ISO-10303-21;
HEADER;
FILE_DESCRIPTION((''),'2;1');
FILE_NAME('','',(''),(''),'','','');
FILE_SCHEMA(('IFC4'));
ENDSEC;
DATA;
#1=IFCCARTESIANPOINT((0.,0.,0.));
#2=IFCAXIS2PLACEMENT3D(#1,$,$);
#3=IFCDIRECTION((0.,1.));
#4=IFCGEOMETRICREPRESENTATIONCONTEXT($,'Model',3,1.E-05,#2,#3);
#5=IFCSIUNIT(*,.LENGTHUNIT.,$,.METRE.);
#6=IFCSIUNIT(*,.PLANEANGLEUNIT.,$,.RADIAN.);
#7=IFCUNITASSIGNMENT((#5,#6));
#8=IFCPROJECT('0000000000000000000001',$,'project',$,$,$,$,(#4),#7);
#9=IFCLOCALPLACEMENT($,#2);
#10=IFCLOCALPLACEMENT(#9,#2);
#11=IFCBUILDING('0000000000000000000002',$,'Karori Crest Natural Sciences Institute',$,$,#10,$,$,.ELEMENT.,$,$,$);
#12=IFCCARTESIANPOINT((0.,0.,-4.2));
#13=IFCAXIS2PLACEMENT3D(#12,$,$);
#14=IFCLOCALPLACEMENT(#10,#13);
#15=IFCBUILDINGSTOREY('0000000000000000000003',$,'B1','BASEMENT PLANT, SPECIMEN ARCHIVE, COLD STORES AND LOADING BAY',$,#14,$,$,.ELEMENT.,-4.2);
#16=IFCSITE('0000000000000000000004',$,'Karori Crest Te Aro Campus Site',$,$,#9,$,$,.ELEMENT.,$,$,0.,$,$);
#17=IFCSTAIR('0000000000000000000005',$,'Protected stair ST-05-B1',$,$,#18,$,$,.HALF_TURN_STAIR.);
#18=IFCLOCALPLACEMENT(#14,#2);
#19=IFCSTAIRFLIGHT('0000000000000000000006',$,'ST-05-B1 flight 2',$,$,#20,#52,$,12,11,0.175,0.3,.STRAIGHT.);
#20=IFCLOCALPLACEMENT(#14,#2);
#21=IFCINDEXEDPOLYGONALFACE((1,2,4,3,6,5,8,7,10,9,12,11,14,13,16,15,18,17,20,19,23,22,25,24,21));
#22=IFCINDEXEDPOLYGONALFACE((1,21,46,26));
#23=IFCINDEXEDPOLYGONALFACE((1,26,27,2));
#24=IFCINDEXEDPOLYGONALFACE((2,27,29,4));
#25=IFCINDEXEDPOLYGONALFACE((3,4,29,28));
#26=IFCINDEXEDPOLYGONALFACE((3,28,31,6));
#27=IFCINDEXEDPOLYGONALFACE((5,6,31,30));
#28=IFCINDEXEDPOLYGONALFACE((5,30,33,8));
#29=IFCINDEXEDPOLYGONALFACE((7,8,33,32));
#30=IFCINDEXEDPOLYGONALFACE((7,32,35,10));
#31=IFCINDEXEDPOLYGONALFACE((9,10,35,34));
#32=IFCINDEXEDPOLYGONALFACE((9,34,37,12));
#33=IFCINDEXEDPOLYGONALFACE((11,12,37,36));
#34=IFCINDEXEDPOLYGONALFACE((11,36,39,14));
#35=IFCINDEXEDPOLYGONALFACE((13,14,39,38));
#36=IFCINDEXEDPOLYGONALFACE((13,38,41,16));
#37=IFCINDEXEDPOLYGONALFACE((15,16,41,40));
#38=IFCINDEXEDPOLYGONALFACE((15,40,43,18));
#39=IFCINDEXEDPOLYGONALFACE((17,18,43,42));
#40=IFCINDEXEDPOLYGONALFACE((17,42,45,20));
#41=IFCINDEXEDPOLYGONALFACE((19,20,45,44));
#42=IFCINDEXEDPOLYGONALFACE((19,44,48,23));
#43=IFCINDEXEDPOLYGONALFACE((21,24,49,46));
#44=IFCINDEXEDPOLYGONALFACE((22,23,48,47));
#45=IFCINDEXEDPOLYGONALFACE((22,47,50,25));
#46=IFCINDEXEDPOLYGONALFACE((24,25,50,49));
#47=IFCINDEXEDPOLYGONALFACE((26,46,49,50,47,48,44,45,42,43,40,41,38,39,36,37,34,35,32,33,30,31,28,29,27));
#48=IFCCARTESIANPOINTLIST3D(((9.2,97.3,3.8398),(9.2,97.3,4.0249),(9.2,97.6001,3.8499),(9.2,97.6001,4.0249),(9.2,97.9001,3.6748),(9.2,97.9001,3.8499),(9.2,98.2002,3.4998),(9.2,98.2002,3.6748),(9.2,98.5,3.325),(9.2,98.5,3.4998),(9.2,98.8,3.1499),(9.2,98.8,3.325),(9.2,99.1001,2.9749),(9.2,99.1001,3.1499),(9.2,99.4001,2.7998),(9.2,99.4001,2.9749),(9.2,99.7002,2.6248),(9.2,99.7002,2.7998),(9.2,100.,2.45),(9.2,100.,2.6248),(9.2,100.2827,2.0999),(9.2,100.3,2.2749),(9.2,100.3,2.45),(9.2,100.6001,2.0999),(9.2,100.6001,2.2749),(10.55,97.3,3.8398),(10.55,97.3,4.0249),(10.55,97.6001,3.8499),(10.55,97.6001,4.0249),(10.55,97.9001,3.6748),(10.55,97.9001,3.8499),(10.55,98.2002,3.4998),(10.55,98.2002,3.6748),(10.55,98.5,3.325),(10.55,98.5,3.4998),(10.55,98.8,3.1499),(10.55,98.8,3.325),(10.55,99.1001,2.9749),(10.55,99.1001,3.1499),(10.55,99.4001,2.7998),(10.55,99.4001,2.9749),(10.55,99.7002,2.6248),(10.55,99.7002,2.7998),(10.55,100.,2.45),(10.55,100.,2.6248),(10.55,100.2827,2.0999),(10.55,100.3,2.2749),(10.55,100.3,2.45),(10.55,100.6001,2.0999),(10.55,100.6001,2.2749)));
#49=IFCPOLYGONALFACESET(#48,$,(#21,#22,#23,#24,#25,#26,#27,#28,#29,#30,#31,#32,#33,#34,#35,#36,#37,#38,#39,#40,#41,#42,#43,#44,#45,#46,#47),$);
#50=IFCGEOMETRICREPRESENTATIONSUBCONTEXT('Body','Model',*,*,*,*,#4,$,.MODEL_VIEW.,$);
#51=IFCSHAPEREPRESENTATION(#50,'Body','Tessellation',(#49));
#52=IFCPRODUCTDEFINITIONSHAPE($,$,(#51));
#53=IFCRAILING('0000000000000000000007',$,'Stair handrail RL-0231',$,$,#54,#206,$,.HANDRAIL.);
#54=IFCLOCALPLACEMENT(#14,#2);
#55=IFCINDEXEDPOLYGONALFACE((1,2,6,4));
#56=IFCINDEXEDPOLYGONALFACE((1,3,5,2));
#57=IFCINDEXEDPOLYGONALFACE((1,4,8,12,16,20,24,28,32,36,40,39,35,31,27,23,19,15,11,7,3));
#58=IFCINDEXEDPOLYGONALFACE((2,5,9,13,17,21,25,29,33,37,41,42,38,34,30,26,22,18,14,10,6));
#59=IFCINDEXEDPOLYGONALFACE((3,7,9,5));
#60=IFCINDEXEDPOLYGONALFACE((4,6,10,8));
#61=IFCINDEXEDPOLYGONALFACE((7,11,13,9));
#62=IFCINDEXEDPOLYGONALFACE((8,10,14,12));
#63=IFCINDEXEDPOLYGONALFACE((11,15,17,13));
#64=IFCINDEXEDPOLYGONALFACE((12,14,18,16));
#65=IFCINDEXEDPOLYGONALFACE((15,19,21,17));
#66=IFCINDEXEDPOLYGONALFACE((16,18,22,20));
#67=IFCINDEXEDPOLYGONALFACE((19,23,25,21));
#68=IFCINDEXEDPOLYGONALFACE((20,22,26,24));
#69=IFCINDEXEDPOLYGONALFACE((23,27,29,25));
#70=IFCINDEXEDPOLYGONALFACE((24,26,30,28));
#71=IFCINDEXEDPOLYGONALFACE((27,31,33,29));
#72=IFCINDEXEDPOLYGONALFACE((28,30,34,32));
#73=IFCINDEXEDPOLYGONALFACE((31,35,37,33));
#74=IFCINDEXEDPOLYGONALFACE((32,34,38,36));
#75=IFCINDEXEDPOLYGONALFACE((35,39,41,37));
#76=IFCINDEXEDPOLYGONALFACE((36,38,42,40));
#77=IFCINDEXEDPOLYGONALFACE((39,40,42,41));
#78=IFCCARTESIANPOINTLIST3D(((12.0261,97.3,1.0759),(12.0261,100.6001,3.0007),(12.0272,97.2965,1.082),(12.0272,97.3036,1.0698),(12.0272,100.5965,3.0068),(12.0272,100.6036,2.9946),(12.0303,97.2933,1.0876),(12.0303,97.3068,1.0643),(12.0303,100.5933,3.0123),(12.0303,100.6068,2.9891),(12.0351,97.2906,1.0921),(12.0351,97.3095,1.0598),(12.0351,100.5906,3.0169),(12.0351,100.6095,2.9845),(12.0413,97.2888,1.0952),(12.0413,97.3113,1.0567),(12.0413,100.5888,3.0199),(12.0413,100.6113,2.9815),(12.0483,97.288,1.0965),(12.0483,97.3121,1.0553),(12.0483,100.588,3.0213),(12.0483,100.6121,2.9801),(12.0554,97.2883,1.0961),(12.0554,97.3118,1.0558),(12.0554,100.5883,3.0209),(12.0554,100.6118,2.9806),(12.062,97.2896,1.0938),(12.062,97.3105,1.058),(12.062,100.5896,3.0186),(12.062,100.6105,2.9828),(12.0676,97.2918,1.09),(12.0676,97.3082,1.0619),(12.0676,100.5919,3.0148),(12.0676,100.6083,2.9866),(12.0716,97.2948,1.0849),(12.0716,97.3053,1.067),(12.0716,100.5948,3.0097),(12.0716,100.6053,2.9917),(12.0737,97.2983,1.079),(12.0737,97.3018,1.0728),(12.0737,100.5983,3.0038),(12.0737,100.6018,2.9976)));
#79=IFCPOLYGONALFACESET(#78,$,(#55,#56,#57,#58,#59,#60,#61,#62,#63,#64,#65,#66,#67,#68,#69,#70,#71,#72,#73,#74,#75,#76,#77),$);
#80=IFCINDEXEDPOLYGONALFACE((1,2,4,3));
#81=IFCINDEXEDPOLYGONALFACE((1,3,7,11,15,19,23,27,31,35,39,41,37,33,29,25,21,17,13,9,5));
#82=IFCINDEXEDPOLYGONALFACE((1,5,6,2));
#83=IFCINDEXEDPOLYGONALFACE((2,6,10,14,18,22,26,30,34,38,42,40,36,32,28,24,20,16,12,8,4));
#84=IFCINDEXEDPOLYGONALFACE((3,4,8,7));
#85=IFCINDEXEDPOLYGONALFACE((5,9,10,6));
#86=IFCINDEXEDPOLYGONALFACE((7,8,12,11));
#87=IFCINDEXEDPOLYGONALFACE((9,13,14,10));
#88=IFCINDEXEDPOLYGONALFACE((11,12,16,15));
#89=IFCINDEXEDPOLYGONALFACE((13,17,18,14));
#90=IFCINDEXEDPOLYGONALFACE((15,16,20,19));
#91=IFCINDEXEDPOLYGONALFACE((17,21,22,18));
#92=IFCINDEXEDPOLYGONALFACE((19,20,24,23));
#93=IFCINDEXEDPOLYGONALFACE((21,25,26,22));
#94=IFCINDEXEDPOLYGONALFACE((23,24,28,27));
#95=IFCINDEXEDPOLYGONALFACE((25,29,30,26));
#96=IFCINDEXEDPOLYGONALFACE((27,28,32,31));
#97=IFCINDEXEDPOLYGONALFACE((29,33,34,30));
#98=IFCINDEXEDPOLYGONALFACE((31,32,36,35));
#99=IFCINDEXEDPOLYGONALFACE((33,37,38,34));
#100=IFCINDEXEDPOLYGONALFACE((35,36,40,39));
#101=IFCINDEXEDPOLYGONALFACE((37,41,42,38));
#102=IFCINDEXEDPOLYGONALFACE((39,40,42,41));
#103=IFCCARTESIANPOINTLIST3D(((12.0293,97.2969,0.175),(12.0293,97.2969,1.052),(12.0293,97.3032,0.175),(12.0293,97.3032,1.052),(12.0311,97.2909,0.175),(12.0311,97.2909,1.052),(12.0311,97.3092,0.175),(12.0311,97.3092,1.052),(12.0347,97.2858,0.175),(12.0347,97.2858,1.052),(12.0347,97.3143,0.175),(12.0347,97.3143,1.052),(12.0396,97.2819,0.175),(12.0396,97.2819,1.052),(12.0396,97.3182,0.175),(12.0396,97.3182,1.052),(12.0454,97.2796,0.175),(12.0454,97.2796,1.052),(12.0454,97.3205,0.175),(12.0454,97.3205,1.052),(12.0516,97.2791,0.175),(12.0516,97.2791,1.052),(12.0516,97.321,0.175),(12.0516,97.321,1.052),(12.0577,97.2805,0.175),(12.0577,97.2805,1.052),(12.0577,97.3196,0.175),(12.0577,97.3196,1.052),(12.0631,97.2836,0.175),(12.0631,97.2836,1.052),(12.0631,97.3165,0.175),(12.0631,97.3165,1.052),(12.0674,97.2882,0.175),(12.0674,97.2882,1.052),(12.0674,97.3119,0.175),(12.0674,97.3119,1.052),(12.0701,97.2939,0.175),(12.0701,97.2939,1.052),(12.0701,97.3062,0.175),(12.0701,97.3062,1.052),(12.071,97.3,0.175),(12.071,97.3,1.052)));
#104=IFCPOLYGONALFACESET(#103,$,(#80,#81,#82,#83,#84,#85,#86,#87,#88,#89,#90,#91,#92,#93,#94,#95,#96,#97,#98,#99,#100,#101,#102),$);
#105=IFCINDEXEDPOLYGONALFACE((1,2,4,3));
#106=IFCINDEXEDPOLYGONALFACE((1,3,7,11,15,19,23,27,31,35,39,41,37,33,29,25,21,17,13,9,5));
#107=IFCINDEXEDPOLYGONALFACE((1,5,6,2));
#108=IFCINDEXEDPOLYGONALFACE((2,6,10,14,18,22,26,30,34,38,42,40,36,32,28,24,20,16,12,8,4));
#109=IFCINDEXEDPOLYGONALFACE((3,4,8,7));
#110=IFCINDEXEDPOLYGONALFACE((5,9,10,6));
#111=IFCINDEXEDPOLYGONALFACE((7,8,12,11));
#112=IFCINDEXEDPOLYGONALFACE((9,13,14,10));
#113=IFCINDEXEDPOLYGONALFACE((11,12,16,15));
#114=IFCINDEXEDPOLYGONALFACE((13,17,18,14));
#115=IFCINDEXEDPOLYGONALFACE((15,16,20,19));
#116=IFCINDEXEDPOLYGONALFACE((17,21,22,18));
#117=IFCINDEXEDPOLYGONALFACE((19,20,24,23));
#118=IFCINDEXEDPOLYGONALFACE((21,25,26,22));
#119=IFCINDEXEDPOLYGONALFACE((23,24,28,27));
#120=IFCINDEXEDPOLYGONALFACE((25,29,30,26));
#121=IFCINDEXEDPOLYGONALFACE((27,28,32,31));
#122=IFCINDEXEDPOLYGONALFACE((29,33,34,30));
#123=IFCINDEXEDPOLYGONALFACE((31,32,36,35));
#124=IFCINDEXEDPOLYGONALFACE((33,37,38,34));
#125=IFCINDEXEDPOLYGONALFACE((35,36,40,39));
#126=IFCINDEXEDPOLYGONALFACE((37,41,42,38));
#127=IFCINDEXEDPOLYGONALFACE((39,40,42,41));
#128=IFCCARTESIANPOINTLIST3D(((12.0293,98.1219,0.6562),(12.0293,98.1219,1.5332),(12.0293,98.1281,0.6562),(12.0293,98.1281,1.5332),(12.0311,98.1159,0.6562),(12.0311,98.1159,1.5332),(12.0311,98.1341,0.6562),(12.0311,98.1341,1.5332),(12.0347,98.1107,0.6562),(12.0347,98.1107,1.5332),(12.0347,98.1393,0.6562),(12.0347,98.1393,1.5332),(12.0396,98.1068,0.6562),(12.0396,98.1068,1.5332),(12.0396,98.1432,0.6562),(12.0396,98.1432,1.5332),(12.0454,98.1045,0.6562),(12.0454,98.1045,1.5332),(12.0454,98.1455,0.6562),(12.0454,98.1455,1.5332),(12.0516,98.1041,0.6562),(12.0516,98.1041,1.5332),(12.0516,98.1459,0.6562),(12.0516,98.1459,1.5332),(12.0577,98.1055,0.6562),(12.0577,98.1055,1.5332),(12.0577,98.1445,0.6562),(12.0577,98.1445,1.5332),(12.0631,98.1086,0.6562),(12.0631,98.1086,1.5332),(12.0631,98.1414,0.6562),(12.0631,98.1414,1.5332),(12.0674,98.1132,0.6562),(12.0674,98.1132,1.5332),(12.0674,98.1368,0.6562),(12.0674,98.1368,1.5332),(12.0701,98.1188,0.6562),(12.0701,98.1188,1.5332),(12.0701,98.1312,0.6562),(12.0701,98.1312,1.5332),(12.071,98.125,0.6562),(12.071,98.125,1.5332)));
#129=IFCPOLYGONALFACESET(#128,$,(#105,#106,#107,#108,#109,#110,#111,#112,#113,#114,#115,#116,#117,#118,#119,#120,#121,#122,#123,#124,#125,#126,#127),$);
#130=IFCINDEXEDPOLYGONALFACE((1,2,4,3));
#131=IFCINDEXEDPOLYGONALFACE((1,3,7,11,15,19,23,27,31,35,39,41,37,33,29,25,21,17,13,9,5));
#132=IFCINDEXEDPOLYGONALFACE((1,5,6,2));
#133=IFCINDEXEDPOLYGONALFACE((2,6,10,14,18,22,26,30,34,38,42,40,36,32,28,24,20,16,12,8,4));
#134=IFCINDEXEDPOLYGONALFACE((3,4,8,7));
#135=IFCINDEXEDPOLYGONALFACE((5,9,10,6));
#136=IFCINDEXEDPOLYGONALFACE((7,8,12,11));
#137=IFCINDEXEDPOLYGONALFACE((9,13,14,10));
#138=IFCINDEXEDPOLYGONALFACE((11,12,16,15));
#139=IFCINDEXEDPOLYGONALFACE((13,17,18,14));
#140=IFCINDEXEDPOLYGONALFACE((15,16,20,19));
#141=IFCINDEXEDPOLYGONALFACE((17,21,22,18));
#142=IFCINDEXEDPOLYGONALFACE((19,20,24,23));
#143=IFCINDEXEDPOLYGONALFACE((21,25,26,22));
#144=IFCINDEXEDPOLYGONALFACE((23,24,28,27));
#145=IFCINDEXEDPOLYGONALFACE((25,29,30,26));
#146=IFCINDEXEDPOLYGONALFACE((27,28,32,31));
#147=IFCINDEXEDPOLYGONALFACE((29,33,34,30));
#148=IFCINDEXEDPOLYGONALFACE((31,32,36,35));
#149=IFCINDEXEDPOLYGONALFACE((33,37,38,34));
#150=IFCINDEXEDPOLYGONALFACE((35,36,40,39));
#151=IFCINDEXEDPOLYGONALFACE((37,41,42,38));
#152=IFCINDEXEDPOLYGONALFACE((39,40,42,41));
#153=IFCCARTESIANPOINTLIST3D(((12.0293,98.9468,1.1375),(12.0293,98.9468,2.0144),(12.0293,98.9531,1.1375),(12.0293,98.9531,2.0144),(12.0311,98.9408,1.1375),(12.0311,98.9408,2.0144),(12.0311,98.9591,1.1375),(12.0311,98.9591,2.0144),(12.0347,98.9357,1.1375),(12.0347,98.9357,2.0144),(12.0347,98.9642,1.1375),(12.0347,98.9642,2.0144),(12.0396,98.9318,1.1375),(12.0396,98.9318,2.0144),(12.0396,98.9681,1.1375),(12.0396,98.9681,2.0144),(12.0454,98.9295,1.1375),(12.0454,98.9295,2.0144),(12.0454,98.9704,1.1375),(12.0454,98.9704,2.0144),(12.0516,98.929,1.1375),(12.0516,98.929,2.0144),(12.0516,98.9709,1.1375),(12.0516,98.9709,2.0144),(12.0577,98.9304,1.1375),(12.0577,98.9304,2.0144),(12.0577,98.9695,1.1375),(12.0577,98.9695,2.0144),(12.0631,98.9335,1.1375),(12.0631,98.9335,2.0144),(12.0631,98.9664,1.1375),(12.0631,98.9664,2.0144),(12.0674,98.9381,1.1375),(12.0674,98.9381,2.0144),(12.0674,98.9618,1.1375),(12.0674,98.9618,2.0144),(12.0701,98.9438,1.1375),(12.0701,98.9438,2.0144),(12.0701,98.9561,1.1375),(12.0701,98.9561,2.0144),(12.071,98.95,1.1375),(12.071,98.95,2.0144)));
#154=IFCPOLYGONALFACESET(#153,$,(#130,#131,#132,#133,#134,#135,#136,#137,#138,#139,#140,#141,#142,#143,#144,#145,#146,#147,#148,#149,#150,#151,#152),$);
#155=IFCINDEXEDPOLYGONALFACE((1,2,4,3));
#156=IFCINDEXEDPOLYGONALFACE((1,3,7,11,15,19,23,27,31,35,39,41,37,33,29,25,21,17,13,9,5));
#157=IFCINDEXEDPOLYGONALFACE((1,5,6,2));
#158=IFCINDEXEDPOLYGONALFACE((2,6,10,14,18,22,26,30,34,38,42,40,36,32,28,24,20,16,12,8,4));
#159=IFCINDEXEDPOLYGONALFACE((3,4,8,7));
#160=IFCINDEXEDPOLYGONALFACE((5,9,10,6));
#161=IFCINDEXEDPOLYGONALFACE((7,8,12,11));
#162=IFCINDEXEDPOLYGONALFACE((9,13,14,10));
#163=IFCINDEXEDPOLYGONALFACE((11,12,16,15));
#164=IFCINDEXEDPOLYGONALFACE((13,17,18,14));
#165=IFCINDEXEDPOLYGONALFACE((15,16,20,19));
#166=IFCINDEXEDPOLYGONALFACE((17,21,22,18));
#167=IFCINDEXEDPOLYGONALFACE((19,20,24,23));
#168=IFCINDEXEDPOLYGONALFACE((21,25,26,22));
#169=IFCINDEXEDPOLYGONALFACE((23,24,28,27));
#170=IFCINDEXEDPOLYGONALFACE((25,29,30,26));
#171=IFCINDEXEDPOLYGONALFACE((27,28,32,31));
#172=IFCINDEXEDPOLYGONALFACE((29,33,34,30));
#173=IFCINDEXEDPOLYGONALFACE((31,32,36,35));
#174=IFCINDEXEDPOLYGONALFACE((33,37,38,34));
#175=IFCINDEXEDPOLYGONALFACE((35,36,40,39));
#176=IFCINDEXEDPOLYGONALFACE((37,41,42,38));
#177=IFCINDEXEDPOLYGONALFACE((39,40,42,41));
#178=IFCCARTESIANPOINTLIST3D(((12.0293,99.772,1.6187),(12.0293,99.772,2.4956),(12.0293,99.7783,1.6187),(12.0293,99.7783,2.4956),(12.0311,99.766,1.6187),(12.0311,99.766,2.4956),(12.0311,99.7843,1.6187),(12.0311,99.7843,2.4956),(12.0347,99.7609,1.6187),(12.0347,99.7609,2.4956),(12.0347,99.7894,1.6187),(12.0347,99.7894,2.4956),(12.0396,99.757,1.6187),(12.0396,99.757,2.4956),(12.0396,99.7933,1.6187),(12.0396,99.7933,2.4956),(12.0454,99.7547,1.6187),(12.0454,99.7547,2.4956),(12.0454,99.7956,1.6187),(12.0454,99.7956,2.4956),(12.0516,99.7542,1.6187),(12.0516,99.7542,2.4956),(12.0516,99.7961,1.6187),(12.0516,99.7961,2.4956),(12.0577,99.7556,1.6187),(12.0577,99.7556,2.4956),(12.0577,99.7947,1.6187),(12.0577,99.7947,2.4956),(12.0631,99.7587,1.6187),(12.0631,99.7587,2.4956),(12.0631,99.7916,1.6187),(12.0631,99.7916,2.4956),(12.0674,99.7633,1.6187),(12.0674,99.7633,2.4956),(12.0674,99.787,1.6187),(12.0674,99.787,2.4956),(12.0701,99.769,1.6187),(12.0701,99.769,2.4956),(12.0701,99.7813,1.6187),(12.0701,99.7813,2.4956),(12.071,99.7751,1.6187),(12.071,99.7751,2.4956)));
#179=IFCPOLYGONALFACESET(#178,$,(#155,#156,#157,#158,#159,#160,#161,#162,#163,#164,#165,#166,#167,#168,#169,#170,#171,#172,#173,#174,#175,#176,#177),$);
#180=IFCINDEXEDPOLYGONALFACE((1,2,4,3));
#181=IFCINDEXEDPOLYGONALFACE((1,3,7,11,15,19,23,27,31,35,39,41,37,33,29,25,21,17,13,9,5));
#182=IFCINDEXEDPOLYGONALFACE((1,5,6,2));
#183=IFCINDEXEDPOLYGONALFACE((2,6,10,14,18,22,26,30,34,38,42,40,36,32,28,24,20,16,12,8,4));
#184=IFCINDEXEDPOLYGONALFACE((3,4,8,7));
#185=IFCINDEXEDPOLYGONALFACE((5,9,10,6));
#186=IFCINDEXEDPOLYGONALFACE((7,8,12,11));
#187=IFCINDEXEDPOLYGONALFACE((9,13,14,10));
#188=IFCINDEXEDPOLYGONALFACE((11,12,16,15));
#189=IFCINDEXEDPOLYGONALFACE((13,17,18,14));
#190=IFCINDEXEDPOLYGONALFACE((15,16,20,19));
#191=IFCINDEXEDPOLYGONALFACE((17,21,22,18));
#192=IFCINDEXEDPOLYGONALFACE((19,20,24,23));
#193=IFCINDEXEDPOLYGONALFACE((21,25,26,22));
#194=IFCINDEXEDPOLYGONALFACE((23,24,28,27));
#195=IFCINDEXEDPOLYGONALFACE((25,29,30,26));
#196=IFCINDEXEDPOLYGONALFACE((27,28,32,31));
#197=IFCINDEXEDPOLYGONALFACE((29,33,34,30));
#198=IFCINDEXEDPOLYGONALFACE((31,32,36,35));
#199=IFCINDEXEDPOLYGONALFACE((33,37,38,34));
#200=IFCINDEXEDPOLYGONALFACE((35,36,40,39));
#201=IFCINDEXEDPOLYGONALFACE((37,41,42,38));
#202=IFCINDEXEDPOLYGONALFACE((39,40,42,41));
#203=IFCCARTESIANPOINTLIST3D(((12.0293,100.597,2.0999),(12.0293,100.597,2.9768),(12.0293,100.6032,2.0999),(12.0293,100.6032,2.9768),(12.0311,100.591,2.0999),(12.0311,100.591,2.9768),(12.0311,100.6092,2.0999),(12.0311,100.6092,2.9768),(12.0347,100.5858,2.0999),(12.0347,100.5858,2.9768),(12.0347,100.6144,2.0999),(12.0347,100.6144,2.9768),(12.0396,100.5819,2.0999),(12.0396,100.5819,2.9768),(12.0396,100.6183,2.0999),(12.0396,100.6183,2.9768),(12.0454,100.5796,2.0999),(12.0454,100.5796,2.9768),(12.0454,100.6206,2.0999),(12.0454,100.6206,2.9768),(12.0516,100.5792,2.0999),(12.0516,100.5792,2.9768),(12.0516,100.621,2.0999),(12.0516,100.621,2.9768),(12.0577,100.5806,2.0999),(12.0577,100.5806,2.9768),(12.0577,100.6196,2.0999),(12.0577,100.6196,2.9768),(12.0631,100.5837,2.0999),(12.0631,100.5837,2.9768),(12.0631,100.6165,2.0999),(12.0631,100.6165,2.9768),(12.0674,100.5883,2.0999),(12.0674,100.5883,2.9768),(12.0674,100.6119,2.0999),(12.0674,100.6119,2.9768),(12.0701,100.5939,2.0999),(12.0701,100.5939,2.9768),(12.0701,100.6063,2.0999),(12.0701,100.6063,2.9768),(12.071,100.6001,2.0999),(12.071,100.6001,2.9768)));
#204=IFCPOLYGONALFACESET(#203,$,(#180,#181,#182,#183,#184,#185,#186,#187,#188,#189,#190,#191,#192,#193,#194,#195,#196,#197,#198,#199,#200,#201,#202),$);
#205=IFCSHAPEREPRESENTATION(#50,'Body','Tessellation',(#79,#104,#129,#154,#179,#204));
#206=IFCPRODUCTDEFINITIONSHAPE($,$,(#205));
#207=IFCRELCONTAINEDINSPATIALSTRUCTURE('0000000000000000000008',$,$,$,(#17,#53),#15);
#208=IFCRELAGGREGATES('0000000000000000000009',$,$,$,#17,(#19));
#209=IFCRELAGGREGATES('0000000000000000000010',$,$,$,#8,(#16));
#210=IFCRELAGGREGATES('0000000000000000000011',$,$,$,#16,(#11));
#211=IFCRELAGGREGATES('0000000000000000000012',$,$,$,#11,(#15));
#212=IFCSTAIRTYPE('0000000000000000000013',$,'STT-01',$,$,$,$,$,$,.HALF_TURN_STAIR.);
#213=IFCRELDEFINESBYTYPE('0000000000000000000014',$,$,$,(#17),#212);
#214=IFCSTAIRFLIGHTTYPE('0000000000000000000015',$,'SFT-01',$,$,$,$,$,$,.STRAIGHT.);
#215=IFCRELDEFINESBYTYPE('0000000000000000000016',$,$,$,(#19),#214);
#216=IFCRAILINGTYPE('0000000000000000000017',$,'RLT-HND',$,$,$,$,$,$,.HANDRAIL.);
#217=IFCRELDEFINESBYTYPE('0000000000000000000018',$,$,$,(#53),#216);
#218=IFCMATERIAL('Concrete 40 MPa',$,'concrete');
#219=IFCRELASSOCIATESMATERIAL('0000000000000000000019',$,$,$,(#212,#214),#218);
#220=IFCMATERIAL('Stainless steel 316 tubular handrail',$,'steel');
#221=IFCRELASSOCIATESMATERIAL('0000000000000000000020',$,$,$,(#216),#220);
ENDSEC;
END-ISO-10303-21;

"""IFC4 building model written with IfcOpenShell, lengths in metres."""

from ifc_helpers import new_model, si_unit, direction, frame, origin, origin_2d, place, context, subcontext, project, spatial, polyline, circle, outline, extrude, material, type_object, element, aggregate, save


model = new_model("IFC4")

# Units and contexts
model_context = context("Model", 3, precision=1e-05, world=origin(), true_north=direction((0.0, 1.0)))
body_context = subcontext(model_context, "Body", "Model", "MODEL_VIEW")
ifc_project = project(units=[si_unit("LENGTHUNIT", "METRE"), si_unit("PLANEANGLEUNIT", "RADIAN")], contexts=[model_context])

# Site, building, storey
site_placement = place(None, origin())
site = spatial("IfcSite", under=ifc_project, at=site_placement, Name="Karori Crest Te Aro Campus Site", CompositionType="ELEMENT", RefElevation=0.0)
building_placement = place(site_placement, origin())
building = spatial("IfcBuilding", under=site, at=building_placement, Name="Karori Crest Natural Sciences Institute", CompositionType="ELEMENT")
storey_placement = place(building_placement, frame((0.0, 0.0, -4.2)))
storey = spatial("IfcBuildingStorey", under=building, at=storey_placement, Name="B1", Description="BASEMENT PLANT, SPECIMEN ARCHIVE, COLD STORES AND LOADING BAY", CompositionType="ELEMENT", Elevation=-4.2)

# Shared definitions
ifc_material_1 = material(Name="Concrete 40 MPa", Category="concrete")

# Stair, stair flight
stair_type = type_object("IfcStairType", Name="STT-01", PredefinedType="HALF_TURN_STAIR", material=ifc_material_1)
stair_placement = place(storey_placement, origin())
stair = element("IfcStair", 1, at=stair_placement, inside=storey, type_object=stair_type, Name="Protected stair ST-05-B1", PredefinedType="HALF_TURN_STAIR")
stair_flight_type = type_object("IfcStairFlightType", Name="SFT-01", PredefinedType="STRAIGHT", material=ifc_material_1)
stair_flight_1_placement = place(storey_placement, frame((9.875, 100.6001, 2.0999), z_axis=(0.0, 0.0, 1.0), x_axis=(0.0, -1.0, 0.0)))
stair_flight_1 = element("IfcStairFlight", 2, at=stair_flight_1_placement, type_object=stair_flight_type, Name="ST-05-B1 flight 2", NumberOfRisers=12, NumberOfTreads=11, PredefinedType="STRAIGHT", RiserHeight=0.175, TreadLength=0.3, context=body_context, shape_type="SweptSolid", body=[
    extrude(outline(polyline([(0.0, 0.0), (0.0, 0.175), (0.3, 0.175), (0.3, 0.3501), (0.6001, 0.3501), (0.6001, 0.5249), (0.8999, 0.5249), (0.8999, 0.7), (1.2, 0.7), (1.2, 0.875), (1.5, 0.875), (1.5, 1.05), (1.8, 1.05), (1.8, 1.2251), (2.1001, 1.2251), (2.1001, 1.3999), (2.3999, 1.3999), (2.3999, 1.575), (2.7, 1.575), (2.7, 1.75), (3.0, 1.75), (3.0, 1.925), (3.3, 1.925), (3.3, 2.1001), (3.3, 1.74), (0.3174, 0.0), (0.0, 0.0)])), frame((0.0, 0.675, 0.0), z_axis=(0.0, -1.0, 0.0), x_axis=(1.0, 0.0, 0.0)), (0.0, 0.0, 1.0), 1.3501),
])
aggregate(stair, [stair_flight_1])

# Railing
ifc_material_2 = material(Name="Stainless steel 316 tubular handrail", Category="steel")
railing_type_1 = type_object("IfcRailingType", Name="RLT-HND", PredefinedType="HANDRAIL", material=ifc_material_2)
railing_1_placement = place(storey_placement, frame((12.05, 97.3, 0.175)))
element("IfcRailing", 3, at=railing_1_placement, inside=storey, type_object=railing_type_1, Name="Stair handrail RL-0231", PredefinedType="HANDRAIL", context=body_context, shape_type="SweptSolid", body=[
    extrude(circle(Radius=0.0239, at=origin_2d()), frame((0.0, 0.0, 0.9009), z_axis=(0.0, 0.863804, 0.503827), x_axis=(-1.0, 0.0, 0.0)), (0.0, 0.0, 1.0), 3.8203),
    extrude(circle(Radius=0.021, at=origin_2d()), origin(), (0.0, 0.0, 1.0), 0.877),
    extrude(circle(Radius=0.021, at=origin_2d()), frame((0.0, 0.825, 0.4812)), (0.0, 0.0, 1.0), 0.877),
    extrude(circle(Radius=0.021, at=origin_2d()), frame((0.0, 1.6499, 0.9624)), (0.0, 0.0, 1.0), 0.877),
    extrude(circle(Radius=0.021, at=origin_2d()), frame((0.0, 2.4751, 1.4436)), (0.0, 0.0, 1.0), 0.877),
    extrude(circle(Radius=0.021, at=origin_2d()), frame((0.0, 3.3, 1.9248)), (0.0, 0.0, 1.0), 0.877),
])

save(model, "model.ifc")
